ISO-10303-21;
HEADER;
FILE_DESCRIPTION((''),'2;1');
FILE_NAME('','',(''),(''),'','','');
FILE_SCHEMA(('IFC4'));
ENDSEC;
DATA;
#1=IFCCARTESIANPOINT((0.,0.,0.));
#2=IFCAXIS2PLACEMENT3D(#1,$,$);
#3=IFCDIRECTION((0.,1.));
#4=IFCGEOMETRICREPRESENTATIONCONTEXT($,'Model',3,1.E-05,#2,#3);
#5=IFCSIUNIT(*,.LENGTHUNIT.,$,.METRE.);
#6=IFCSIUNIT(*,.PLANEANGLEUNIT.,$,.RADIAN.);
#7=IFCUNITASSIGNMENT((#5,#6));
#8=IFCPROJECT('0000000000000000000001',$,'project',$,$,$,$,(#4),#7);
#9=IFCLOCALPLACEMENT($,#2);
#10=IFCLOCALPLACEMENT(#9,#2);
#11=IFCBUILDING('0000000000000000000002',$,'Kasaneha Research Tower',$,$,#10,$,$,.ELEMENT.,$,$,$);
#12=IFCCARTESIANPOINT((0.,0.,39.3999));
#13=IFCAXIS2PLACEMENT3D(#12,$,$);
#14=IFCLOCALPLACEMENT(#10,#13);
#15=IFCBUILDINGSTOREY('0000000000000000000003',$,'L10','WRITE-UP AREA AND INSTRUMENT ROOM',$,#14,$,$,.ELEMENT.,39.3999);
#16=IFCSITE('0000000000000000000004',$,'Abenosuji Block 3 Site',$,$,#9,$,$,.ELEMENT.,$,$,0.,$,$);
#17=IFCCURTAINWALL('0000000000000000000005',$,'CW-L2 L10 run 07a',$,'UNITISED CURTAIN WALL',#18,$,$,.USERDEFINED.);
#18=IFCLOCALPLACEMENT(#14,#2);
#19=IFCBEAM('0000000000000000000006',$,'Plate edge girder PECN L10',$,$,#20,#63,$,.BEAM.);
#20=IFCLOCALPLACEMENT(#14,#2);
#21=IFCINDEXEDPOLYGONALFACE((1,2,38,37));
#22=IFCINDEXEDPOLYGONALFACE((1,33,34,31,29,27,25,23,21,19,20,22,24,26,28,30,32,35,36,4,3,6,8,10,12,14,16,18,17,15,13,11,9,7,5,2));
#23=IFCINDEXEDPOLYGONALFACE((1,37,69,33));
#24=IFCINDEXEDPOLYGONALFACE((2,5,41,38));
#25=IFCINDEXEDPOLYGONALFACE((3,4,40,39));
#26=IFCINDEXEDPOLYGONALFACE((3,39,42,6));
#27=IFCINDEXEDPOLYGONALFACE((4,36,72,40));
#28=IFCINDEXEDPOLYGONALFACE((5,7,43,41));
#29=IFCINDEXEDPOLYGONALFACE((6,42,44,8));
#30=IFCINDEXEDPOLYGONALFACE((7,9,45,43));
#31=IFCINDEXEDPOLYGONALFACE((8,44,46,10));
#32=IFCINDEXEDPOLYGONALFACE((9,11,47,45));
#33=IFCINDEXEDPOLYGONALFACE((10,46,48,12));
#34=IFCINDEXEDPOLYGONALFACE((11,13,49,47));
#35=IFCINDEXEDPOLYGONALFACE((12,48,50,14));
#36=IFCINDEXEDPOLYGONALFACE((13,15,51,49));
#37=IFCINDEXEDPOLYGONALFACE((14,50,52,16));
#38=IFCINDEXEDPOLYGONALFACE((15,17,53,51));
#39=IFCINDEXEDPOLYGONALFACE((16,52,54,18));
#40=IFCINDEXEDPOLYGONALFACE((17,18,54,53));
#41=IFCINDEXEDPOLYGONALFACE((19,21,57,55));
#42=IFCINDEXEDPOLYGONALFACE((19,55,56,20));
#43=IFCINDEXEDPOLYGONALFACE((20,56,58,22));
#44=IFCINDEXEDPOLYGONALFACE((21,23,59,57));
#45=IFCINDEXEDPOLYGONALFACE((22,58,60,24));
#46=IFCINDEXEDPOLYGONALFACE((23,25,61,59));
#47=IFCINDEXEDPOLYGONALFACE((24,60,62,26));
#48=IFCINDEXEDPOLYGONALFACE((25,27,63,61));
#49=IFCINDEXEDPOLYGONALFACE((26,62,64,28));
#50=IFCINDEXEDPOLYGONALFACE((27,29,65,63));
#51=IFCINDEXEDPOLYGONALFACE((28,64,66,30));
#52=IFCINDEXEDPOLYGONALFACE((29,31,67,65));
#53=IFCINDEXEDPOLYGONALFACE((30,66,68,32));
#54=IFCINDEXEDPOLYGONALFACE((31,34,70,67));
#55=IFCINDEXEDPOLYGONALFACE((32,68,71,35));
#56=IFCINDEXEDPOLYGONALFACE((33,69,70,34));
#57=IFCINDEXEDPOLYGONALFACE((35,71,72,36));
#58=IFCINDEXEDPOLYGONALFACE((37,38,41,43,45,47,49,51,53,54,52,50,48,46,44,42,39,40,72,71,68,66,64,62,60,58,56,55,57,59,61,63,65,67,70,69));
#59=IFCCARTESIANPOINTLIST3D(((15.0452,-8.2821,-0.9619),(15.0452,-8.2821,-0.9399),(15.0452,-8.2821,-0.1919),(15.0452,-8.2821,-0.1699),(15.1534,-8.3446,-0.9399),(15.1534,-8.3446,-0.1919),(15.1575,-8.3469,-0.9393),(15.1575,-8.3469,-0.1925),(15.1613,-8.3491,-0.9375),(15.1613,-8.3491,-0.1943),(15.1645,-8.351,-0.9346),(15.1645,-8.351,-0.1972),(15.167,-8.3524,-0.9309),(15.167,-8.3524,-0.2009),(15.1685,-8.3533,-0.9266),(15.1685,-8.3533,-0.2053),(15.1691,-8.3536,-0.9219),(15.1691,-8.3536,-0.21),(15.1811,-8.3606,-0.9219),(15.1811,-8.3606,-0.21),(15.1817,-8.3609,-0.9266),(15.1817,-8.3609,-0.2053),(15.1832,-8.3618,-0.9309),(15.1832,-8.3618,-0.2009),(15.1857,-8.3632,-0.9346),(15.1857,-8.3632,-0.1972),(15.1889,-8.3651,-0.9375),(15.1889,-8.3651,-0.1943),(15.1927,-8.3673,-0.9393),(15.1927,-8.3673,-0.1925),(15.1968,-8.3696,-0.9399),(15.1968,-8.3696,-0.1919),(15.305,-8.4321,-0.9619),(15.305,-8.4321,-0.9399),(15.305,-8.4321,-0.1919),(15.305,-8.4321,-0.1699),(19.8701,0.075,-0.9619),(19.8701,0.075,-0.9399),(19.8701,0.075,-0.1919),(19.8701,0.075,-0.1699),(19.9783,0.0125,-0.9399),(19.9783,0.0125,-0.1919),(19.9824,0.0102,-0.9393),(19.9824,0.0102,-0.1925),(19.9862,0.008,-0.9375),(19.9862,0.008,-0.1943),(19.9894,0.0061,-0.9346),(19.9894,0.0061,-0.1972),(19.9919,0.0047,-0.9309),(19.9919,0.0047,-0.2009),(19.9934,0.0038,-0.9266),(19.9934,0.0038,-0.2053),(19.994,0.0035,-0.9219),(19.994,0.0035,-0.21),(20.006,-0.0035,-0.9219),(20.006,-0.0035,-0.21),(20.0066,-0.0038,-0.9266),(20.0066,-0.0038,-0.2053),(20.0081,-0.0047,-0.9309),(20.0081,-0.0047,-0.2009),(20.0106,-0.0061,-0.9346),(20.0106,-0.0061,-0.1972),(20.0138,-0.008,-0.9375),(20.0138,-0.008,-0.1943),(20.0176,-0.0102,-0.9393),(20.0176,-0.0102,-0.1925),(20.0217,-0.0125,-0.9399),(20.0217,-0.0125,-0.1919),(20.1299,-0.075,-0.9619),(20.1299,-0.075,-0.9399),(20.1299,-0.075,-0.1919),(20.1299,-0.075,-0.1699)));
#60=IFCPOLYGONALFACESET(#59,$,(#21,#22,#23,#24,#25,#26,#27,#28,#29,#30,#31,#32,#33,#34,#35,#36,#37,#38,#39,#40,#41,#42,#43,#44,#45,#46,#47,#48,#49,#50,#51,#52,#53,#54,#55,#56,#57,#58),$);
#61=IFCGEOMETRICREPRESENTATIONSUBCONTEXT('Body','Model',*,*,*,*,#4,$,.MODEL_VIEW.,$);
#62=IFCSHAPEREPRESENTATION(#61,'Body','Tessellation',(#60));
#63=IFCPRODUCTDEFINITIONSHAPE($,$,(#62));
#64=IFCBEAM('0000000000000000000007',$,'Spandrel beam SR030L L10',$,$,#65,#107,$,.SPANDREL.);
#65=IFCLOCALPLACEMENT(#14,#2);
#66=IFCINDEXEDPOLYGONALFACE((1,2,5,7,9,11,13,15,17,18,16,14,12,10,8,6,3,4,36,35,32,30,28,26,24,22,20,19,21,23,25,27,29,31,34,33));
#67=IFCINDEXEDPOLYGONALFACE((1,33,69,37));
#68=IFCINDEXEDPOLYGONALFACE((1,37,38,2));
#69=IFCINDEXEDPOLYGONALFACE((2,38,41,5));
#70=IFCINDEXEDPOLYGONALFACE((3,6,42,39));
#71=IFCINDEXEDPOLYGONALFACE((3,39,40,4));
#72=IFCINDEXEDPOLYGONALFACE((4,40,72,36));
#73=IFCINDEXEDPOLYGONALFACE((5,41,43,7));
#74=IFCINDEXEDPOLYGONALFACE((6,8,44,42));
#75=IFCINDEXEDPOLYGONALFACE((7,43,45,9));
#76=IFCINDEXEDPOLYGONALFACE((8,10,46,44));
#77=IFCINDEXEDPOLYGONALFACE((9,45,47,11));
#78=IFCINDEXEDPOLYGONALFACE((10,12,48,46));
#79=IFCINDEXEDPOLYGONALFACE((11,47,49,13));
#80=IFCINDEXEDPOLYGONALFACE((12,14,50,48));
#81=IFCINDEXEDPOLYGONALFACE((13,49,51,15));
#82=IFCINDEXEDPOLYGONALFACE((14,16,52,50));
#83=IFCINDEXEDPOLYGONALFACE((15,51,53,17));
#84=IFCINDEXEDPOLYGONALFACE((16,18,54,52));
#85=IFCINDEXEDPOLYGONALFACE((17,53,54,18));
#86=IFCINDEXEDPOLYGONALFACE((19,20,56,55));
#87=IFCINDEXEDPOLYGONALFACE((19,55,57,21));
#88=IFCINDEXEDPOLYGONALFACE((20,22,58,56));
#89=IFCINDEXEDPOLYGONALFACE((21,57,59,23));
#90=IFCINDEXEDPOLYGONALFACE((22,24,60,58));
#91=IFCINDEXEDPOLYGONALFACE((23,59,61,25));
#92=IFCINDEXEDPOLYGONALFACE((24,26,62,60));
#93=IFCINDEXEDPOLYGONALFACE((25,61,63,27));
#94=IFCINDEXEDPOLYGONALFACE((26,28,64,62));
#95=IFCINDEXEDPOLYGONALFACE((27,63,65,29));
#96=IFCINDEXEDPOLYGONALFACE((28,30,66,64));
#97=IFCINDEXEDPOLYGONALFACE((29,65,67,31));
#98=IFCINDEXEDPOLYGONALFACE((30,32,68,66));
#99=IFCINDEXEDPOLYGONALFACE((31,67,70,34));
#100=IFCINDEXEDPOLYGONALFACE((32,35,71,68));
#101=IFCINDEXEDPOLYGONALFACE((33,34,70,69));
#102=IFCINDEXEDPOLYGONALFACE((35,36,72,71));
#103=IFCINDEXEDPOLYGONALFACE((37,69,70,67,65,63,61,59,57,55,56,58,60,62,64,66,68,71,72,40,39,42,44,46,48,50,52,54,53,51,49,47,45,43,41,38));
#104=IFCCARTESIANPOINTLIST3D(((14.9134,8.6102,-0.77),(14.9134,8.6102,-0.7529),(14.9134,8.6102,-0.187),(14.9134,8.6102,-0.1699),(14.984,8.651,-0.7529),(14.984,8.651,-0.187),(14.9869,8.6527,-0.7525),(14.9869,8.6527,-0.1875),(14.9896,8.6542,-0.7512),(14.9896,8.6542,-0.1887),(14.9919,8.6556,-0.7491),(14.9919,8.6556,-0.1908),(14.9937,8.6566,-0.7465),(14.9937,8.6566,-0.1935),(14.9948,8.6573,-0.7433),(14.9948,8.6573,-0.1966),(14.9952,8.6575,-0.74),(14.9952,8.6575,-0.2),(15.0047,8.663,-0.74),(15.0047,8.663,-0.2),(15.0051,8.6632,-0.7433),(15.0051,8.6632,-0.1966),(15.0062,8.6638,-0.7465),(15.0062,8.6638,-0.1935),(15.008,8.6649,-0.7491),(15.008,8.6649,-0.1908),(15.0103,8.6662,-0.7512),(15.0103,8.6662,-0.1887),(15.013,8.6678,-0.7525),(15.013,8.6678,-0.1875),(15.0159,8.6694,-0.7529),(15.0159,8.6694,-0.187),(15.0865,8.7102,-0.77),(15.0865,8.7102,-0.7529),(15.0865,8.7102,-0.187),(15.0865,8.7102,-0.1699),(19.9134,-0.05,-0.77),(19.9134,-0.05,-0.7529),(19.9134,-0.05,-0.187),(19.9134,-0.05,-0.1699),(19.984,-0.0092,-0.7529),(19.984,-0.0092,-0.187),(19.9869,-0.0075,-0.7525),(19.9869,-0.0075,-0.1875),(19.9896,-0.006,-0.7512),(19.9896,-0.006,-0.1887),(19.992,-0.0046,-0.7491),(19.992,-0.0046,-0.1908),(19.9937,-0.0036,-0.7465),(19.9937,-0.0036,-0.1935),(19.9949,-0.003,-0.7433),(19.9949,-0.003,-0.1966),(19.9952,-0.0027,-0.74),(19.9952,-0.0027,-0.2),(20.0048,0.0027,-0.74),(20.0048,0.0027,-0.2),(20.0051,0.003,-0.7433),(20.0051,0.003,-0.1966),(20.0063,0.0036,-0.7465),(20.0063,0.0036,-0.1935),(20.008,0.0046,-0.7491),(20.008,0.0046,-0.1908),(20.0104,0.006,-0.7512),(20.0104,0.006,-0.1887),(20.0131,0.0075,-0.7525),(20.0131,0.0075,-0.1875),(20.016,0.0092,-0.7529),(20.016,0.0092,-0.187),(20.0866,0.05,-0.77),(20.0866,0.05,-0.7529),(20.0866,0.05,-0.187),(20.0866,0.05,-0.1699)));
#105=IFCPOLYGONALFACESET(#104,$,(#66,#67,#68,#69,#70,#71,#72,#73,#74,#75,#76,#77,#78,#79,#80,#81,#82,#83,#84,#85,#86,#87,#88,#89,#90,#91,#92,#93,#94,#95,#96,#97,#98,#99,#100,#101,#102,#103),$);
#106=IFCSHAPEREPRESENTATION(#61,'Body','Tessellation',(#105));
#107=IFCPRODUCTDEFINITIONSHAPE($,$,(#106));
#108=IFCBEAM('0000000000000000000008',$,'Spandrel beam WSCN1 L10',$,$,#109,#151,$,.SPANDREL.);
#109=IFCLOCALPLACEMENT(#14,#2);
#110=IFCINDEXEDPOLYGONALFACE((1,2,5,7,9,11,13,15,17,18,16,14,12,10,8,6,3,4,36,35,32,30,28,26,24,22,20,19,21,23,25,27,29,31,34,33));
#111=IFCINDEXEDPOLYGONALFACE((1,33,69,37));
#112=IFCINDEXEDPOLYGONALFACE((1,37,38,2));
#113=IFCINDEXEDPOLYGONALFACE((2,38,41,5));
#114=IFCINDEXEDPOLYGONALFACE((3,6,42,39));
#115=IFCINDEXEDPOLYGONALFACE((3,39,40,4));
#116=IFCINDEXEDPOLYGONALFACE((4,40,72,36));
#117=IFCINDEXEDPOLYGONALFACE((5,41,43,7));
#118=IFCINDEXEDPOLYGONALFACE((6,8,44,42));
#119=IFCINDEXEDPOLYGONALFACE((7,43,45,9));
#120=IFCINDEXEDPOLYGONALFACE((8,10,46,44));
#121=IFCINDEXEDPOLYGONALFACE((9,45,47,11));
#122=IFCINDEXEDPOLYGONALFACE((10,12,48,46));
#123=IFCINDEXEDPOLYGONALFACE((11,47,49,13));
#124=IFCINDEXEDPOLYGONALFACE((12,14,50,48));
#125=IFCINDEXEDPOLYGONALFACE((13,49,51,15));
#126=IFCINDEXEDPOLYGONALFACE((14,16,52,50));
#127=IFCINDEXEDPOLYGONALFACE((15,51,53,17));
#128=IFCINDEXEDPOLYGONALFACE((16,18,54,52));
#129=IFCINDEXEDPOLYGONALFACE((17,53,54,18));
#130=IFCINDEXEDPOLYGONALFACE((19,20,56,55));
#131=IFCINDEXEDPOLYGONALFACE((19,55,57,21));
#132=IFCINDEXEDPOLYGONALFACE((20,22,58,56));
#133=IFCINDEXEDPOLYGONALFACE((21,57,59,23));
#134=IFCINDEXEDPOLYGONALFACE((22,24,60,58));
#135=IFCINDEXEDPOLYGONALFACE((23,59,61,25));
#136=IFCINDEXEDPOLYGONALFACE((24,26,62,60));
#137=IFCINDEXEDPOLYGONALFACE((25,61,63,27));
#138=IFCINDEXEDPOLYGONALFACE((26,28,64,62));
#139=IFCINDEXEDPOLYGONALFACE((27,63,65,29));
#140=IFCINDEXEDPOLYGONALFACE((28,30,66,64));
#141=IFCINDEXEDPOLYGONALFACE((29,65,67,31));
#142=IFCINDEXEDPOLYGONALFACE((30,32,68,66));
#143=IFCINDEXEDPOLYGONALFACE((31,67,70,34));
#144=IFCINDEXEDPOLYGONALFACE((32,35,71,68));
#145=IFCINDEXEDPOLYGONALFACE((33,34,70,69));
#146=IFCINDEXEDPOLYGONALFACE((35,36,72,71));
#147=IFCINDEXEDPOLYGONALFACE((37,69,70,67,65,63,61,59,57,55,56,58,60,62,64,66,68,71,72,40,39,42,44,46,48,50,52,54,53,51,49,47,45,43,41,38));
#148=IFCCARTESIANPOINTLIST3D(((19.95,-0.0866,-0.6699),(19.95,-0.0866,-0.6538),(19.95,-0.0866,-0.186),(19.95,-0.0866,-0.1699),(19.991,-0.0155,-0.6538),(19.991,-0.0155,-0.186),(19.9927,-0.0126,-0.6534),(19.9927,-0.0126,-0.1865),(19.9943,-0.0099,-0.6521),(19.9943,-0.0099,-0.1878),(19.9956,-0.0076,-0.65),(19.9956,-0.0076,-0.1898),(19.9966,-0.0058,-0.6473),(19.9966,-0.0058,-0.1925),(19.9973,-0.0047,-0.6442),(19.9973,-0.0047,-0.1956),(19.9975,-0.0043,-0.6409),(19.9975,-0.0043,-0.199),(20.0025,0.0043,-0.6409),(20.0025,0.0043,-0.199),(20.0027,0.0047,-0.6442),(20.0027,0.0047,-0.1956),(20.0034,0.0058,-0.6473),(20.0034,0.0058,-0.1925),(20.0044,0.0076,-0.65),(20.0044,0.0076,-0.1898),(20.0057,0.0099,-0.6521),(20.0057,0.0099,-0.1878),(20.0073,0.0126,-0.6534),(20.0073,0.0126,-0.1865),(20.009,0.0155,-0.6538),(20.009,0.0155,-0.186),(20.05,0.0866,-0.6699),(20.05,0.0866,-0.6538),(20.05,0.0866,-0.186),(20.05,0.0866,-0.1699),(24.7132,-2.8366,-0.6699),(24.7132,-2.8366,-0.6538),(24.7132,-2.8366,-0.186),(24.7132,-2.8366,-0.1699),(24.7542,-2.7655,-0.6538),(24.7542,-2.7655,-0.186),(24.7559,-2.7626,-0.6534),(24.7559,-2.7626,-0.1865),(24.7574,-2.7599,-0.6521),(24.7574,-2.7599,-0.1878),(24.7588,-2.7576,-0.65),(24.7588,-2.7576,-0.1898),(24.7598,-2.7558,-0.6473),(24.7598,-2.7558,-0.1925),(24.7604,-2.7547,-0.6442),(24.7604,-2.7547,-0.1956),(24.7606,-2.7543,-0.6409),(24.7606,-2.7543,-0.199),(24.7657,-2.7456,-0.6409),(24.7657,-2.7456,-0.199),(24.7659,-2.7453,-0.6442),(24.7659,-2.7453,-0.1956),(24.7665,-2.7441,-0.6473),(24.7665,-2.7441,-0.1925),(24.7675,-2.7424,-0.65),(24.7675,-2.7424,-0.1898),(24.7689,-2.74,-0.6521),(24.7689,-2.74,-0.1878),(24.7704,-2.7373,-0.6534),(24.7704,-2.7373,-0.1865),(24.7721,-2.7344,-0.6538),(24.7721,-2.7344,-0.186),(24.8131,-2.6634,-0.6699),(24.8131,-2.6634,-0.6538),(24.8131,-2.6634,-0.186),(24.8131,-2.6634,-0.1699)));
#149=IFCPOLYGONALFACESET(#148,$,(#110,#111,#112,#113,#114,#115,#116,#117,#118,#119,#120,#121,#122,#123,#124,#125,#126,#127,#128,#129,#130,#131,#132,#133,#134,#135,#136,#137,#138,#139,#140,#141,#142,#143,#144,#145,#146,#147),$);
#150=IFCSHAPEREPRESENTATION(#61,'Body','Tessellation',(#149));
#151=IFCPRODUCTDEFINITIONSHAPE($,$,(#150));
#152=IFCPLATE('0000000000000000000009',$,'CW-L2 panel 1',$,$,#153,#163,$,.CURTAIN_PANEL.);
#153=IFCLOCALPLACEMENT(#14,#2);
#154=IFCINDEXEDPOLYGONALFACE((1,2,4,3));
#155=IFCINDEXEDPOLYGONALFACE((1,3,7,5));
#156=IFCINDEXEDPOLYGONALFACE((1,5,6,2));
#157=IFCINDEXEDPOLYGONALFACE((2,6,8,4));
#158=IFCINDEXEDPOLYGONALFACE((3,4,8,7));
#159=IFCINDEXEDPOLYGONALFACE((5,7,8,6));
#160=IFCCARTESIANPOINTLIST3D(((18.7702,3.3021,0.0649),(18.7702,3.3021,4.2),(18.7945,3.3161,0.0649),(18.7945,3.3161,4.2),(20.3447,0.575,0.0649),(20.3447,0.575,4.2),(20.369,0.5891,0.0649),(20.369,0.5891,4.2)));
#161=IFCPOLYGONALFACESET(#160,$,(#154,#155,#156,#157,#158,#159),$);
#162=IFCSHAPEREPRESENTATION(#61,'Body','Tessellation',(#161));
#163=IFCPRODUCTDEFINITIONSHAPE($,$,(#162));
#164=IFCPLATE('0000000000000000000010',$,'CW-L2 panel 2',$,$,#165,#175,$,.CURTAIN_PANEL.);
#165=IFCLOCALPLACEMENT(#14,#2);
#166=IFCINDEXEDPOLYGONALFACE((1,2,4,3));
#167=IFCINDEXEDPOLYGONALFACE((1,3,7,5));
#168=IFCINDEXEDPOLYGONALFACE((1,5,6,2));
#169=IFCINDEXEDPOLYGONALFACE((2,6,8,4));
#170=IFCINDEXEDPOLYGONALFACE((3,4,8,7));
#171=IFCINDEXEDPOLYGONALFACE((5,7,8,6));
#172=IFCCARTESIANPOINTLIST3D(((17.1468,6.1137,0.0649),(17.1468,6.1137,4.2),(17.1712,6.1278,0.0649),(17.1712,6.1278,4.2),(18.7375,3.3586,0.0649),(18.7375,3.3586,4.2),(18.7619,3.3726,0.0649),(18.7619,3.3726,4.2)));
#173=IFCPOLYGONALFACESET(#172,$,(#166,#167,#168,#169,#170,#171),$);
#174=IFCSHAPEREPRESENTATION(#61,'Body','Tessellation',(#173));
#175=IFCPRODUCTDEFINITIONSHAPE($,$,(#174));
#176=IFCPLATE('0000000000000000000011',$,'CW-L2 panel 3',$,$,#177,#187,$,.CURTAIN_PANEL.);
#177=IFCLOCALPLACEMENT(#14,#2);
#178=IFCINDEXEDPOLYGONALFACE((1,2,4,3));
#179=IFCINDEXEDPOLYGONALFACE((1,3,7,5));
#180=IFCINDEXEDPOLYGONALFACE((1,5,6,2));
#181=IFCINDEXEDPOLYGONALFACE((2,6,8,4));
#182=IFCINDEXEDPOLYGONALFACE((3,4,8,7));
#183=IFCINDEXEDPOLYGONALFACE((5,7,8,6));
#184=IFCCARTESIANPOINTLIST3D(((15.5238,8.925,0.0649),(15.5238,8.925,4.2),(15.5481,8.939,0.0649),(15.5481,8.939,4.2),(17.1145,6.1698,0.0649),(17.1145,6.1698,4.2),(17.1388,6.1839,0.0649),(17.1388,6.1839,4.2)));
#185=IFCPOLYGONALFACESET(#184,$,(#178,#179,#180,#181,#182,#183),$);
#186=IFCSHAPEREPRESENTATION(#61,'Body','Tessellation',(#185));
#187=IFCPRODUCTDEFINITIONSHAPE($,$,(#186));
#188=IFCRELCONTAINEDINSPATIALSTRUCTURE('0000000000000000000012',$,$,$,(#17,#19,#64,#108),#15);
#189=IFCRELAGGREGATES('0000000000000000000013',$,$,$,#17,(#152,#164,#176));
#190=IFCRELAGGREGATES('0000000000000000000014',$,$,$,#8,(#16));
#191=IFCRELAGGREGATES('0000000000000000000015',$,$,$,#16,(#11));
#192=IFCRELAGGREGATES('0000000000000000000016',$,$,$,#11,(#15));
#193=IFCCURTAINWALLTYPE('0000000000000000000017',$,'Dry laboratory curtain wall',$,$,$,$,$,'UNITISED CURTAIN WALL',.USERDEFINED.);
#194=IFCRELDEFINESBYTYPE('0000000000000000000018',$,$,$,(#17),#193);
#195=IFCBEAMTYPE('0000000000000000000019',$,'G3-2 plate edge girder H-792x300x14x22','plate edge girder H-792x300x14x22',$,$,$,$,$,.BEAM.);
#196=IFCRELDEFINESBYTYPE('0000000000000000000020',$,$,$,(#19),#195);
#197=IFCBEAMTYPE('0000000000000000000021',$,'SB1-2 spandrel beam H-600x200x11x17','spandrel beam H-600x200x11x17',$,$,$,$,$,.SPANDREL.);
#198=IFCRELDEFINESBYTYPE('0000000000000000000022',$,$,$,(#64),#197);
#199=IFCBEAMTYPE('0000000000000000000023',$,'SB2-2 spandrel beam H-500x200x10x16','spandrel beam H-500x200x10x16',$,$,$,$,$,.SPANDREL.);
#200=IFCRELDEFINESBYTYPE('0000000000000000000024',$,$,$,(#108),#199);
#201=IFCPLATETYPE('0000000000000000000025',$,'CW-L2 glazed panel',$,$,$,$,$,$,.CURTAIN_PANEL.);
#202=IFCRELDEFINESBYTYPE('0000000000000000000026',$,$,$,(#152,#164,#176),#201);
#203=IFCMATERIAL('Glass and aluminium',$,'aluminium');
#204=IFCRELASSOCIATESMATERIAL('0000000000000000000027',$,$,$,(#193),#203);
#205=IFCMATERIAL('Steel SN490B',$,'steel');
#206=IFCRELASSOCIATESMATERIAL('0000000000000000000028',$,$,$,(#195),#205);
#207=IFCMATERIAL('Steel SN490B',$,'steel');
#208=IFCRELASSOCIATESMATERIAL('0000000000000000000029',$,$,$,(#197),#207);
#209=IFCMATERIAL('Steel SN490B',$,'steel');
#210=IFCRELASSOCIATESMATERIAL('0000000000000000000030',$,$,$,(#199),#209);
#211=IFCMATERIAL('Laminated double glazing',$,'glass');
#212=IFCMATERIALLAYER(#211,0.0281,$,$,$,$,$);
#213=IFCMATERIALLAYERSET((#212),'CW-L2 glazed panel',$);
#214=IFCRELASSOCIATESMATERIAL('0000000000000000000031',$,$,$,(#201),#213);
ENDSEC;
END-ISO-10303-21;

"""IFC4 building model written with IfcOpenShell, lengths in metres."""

from ifc_helpers import new_model, si_unit, direction, frame, origin, origin_2d, place, context, subcontext, project, spatial, rectangle, i_section, extrude, material, layer, layer_set, material_profile, profile_set, type_object, element, aggregate, save


model = new_model("IFC4")

# Units and contexts
model_context = context("Model", 3, precision=1e-05, world=origin(), true_north=direction((0.0, 1.0)))
body_context = subcontext(model_context, "Body", "Model", "MODEL_VIEW")
ifc_project = project(units=[si_unit("LENGTHUNIT", "METRE"), si_unit("PLANEANGLEUNIT", "RADIAN")], contexts=[model_context])

# Site, building, storey
site_placement = place(None, origin())
site = spatial("IfcSite", under=ifc_project, at=site_placement, Name="Abenosuji Block 3 Site", CompositionType="ELEMENT", RefElevation=0.0)
building_placement = place(site_placement, origin())
building = spatial("IfcBuilding", under=site, at=building_placement, Name="Kasaneha Research Tower", CompositionType="ELEMENT")
storey_placement = place(building_placement, frame((0.0, 0.0, 39.3999)))
storey = spatial("IfcBuildingStorey", under=building, at=storey_placement, Name="L10", Description="WRITE-UP AREA AND INSTRUMENT ROOM", CompositionType="ELEMENT", Elevation=39.3999)

# Shared definitions
ifc_material_1 = material(Name="Glass and aluminium", Category="aluminium")
curtain_wall_type = type_object("IfcCurtainWallType", Name="Dry laboratory curtain wall", ElementType="UNITISED CURTAIN WALL", PredefinedType="USERDEFINED", material=ifc_material_1)

# Curtain wall
curtain_wall_1_placement = place(storey_placement, origin())
curtain_wall_1 = element("IfcCurtainWall", 1, at=curtain_wall_1_placement, inside=storey, type_object=curtain_wall_type, Name="CW-L2 L10 run 07a", ObjectType="UNITISED CURTAIN WALL", PredefinedType="USERDEFINED")

# Beams
ifc_material_2 = material(Name="Steel SN490B", Category="steel")
ifc_material_profile_1 = material_profile(ifc_material_2, i_section(OverallWidth=0.3, OverallDepth=0.792, WebThickness=0.0139, FlangeThickness=0.022, FilletRadius=0.0181, at=origin_2d()), Name="H-792x300x14x22")
ifc_profile_set_1 = profile_set([ifc_material_profile_1], Name="Steel SN490B")
beam_type_1 = type_object("IfcBeamType", Name="G3-2 plate edge girder H-792x300x14x22", Description="plate edge girder H-792x300x14x22", PredefinedType="BEAM", material=ifc_profile_set_1)
beam_1_placement = place(storey_placement, frame((20.0, 0.0, -0.5659), z_axis=(-0.499995, -0.866028, 0.0), x_axis=(0.866028, -0.499995, 0.0)))
element("IfcBeam", 2, at=beam_1_placement, inside=storey, type_object=beam_type_1, Name="Plate edge girder PECN L10", PredefinedType="BEAM", context=body_context, shape_type="SweptSolid", body=[
    extrude(i_section(OverallWidth=0.3, OverallDepth=0.792, WebThickness=0.0139, FlangeThickness=0.022, FilletRadius=0.0181, at=origin_2d()), origin(), (0.0, 0.0, 1.0), 9.6499),
])
ifc_material_3 = material(Name="Steel SN490B", Category="steel")
ifc_material_profile_2 = material_profile(ifc_material_3, i_section(OverallWidth=0.2, OverallDepth=0.6001, WebThickness=0.011, FlangeThickness=0.0171, FilletRadius=0.0129, at=origin_2d()), Name="H-600x200x11x17")
ifc_profile_set_2 = profile_set([ifc_material_profile_2], Name="Steel SN490B")
beam_type_2 = type_object("IfcBeamType", Name="SB1-2 spandrel beam H-600x200x11x17", Description="spandrel beam H-600x200x11x17", PredefinedType="SPANDREL", material=ifc_profile_set_2)
beam_2_placement = place(storey_placement, frame((20.0, 0.0, -0.47), z_axis=(-0.500004, 0.866023, 0.0), x_axis=(-0.866023, -0.500004, 0.0)))
element("IfcBeam", 3, at=beam_2_placement, inside=storey, type_object=beam_type_2, Name="Spandrel beam SR030L L10", PredefinedType="SPANDREL", context=body_context, shape_type="SweptSolid", body=[
    extrude(i_section(OverallWidth=0.2, OverallDepth=0.6001, WebThickness=0.011, FlangeThickness=0.0171, FilletRadius=0.0129, at=origin_2d()), origin(), (0.0, 0.0, 1.0), 10.0),
])
ifc_material_4 = material(Name="Steel SN490B", Category="steel")
ifc_material_profile_3 = material_profile(ifc_material_4, i_section(OverallWidth=0.2, OverallDepth=0.5, WebThickness=0.01, FlangeThickness=0.0161, FilletRadius=0.0129, at=origin_2d()), Name="H-500x200x10x16")
ifc_profile_set_3 = profile_set([ifc_material_profile_3], Name="Steel SN490B")
beam_type_3 = type_object("IfcBeamType", Name="SB2-2 spandrel beam H-500x200x10x16", Description="spandrel beam H-500x200x10x16", PredefinedType="SPANDREL", material=ifc_profile_set_3)
beam_3_placement = place(storey_placement, frame((20.0, 0.0, -0.4199), z_axis=(0.866027, -0.499997, 0.0), x_axis=(0.499997, 0.866027, 0.0)))
element("IfcBeam", 4, at=beam_3_placement, inside=storey, type_object=beam_type_3, Name="Spandrel beam WSCN1 L10", PredefinedType="SPANDREL", context=body_context, shape_type="SweptSolid", body=[
    extrude(i_section(OverallWidth=0.2, OverallDepth=0.5, WebThickness=0.01, FlangeThickness=0.0161, FilletRadius=0.0129, at=origin_2d()), origin(), (0.0, 0.0, 1.0), 5.5),
])

# Plates
ifc_material_5 = material(Name="Laminated double glazing", Category="glass")
ifc_layer_1 = layer(ifc_material_5, 0.0281)
ifc_layer_set_1 = layer_set([ifc_layer_1], Name="CW-L2 glazed panel")
plate_type = type_object("IfcPlateType", Name="CW-L2 glazed panel", PredefinedType="CURTAIN_PANEL", material=ifc_layer_set_1)
plate_1_placement = place(storey_placement, frame((19.5696, 1.9456, 0.0649), z_axis=(0.0, 0.0, 1.0), x_axis=(-0.5, 0.866025, 0.0)))
plate_1 = element("IfcPlate", 5, at=plate_1_placement, type_object=plate_type, Name="CW-L2 panel 1", PredefinedType="CURTAIN_PANEL", context=body_context, shape_type="SweptSolid", body=[
    extrude(rectangle(XDim=3.1489, YDim=0.0281, at=origin_2d()), origin(), (0.0, 0.0, 1.0), 4.135),
])
plate_2_placement = place(storey_placement, frame((17.9543, 4.7432, 0.0649), z_axis=(0.0, 0.0, 1.0), x_axis=(-0.5, 0.866025, 0.0)))
plate_2 = element("IfcPlate", 6, at=plate_2_placement, type_object=plate_type, Name="CW-L2 panel 2", PredefinedType="CURTAIN_PANEL", context=body_context, shape_type="SweptSolid", body=[
    extrude(rectangle(XDim=3.1814, YDim=0.0281, at=origin_2d()), origin(), (0.0, 0.0, 1.0), 4.135),
])
plate_3_placement = place(storey_placement, frame((16.3313, 7.5544, 0.0649), z_axis=(0.0, 0.0, 1.0), x_axis=(-0.5, 0.866025, 0.0)))
plate_3 = element("IfcPlate", 7, at=plate_3_placement, type_object=plate_type, Name="CW-L2 panel 3", PredefinedType="CURTAIN_PANEL", context=body_context, shape_type="SweptSolid", body=[
    extrude(rectangle(XDim=3.1814, YDim=0.0281, at=origin_2d()), origin(), (0.0, 0.0, 1.0), 4.135),
])
aggregate(curtain_wall_1, [plate_1, plate_2, plate_3])

save(model, "model.ifc")
